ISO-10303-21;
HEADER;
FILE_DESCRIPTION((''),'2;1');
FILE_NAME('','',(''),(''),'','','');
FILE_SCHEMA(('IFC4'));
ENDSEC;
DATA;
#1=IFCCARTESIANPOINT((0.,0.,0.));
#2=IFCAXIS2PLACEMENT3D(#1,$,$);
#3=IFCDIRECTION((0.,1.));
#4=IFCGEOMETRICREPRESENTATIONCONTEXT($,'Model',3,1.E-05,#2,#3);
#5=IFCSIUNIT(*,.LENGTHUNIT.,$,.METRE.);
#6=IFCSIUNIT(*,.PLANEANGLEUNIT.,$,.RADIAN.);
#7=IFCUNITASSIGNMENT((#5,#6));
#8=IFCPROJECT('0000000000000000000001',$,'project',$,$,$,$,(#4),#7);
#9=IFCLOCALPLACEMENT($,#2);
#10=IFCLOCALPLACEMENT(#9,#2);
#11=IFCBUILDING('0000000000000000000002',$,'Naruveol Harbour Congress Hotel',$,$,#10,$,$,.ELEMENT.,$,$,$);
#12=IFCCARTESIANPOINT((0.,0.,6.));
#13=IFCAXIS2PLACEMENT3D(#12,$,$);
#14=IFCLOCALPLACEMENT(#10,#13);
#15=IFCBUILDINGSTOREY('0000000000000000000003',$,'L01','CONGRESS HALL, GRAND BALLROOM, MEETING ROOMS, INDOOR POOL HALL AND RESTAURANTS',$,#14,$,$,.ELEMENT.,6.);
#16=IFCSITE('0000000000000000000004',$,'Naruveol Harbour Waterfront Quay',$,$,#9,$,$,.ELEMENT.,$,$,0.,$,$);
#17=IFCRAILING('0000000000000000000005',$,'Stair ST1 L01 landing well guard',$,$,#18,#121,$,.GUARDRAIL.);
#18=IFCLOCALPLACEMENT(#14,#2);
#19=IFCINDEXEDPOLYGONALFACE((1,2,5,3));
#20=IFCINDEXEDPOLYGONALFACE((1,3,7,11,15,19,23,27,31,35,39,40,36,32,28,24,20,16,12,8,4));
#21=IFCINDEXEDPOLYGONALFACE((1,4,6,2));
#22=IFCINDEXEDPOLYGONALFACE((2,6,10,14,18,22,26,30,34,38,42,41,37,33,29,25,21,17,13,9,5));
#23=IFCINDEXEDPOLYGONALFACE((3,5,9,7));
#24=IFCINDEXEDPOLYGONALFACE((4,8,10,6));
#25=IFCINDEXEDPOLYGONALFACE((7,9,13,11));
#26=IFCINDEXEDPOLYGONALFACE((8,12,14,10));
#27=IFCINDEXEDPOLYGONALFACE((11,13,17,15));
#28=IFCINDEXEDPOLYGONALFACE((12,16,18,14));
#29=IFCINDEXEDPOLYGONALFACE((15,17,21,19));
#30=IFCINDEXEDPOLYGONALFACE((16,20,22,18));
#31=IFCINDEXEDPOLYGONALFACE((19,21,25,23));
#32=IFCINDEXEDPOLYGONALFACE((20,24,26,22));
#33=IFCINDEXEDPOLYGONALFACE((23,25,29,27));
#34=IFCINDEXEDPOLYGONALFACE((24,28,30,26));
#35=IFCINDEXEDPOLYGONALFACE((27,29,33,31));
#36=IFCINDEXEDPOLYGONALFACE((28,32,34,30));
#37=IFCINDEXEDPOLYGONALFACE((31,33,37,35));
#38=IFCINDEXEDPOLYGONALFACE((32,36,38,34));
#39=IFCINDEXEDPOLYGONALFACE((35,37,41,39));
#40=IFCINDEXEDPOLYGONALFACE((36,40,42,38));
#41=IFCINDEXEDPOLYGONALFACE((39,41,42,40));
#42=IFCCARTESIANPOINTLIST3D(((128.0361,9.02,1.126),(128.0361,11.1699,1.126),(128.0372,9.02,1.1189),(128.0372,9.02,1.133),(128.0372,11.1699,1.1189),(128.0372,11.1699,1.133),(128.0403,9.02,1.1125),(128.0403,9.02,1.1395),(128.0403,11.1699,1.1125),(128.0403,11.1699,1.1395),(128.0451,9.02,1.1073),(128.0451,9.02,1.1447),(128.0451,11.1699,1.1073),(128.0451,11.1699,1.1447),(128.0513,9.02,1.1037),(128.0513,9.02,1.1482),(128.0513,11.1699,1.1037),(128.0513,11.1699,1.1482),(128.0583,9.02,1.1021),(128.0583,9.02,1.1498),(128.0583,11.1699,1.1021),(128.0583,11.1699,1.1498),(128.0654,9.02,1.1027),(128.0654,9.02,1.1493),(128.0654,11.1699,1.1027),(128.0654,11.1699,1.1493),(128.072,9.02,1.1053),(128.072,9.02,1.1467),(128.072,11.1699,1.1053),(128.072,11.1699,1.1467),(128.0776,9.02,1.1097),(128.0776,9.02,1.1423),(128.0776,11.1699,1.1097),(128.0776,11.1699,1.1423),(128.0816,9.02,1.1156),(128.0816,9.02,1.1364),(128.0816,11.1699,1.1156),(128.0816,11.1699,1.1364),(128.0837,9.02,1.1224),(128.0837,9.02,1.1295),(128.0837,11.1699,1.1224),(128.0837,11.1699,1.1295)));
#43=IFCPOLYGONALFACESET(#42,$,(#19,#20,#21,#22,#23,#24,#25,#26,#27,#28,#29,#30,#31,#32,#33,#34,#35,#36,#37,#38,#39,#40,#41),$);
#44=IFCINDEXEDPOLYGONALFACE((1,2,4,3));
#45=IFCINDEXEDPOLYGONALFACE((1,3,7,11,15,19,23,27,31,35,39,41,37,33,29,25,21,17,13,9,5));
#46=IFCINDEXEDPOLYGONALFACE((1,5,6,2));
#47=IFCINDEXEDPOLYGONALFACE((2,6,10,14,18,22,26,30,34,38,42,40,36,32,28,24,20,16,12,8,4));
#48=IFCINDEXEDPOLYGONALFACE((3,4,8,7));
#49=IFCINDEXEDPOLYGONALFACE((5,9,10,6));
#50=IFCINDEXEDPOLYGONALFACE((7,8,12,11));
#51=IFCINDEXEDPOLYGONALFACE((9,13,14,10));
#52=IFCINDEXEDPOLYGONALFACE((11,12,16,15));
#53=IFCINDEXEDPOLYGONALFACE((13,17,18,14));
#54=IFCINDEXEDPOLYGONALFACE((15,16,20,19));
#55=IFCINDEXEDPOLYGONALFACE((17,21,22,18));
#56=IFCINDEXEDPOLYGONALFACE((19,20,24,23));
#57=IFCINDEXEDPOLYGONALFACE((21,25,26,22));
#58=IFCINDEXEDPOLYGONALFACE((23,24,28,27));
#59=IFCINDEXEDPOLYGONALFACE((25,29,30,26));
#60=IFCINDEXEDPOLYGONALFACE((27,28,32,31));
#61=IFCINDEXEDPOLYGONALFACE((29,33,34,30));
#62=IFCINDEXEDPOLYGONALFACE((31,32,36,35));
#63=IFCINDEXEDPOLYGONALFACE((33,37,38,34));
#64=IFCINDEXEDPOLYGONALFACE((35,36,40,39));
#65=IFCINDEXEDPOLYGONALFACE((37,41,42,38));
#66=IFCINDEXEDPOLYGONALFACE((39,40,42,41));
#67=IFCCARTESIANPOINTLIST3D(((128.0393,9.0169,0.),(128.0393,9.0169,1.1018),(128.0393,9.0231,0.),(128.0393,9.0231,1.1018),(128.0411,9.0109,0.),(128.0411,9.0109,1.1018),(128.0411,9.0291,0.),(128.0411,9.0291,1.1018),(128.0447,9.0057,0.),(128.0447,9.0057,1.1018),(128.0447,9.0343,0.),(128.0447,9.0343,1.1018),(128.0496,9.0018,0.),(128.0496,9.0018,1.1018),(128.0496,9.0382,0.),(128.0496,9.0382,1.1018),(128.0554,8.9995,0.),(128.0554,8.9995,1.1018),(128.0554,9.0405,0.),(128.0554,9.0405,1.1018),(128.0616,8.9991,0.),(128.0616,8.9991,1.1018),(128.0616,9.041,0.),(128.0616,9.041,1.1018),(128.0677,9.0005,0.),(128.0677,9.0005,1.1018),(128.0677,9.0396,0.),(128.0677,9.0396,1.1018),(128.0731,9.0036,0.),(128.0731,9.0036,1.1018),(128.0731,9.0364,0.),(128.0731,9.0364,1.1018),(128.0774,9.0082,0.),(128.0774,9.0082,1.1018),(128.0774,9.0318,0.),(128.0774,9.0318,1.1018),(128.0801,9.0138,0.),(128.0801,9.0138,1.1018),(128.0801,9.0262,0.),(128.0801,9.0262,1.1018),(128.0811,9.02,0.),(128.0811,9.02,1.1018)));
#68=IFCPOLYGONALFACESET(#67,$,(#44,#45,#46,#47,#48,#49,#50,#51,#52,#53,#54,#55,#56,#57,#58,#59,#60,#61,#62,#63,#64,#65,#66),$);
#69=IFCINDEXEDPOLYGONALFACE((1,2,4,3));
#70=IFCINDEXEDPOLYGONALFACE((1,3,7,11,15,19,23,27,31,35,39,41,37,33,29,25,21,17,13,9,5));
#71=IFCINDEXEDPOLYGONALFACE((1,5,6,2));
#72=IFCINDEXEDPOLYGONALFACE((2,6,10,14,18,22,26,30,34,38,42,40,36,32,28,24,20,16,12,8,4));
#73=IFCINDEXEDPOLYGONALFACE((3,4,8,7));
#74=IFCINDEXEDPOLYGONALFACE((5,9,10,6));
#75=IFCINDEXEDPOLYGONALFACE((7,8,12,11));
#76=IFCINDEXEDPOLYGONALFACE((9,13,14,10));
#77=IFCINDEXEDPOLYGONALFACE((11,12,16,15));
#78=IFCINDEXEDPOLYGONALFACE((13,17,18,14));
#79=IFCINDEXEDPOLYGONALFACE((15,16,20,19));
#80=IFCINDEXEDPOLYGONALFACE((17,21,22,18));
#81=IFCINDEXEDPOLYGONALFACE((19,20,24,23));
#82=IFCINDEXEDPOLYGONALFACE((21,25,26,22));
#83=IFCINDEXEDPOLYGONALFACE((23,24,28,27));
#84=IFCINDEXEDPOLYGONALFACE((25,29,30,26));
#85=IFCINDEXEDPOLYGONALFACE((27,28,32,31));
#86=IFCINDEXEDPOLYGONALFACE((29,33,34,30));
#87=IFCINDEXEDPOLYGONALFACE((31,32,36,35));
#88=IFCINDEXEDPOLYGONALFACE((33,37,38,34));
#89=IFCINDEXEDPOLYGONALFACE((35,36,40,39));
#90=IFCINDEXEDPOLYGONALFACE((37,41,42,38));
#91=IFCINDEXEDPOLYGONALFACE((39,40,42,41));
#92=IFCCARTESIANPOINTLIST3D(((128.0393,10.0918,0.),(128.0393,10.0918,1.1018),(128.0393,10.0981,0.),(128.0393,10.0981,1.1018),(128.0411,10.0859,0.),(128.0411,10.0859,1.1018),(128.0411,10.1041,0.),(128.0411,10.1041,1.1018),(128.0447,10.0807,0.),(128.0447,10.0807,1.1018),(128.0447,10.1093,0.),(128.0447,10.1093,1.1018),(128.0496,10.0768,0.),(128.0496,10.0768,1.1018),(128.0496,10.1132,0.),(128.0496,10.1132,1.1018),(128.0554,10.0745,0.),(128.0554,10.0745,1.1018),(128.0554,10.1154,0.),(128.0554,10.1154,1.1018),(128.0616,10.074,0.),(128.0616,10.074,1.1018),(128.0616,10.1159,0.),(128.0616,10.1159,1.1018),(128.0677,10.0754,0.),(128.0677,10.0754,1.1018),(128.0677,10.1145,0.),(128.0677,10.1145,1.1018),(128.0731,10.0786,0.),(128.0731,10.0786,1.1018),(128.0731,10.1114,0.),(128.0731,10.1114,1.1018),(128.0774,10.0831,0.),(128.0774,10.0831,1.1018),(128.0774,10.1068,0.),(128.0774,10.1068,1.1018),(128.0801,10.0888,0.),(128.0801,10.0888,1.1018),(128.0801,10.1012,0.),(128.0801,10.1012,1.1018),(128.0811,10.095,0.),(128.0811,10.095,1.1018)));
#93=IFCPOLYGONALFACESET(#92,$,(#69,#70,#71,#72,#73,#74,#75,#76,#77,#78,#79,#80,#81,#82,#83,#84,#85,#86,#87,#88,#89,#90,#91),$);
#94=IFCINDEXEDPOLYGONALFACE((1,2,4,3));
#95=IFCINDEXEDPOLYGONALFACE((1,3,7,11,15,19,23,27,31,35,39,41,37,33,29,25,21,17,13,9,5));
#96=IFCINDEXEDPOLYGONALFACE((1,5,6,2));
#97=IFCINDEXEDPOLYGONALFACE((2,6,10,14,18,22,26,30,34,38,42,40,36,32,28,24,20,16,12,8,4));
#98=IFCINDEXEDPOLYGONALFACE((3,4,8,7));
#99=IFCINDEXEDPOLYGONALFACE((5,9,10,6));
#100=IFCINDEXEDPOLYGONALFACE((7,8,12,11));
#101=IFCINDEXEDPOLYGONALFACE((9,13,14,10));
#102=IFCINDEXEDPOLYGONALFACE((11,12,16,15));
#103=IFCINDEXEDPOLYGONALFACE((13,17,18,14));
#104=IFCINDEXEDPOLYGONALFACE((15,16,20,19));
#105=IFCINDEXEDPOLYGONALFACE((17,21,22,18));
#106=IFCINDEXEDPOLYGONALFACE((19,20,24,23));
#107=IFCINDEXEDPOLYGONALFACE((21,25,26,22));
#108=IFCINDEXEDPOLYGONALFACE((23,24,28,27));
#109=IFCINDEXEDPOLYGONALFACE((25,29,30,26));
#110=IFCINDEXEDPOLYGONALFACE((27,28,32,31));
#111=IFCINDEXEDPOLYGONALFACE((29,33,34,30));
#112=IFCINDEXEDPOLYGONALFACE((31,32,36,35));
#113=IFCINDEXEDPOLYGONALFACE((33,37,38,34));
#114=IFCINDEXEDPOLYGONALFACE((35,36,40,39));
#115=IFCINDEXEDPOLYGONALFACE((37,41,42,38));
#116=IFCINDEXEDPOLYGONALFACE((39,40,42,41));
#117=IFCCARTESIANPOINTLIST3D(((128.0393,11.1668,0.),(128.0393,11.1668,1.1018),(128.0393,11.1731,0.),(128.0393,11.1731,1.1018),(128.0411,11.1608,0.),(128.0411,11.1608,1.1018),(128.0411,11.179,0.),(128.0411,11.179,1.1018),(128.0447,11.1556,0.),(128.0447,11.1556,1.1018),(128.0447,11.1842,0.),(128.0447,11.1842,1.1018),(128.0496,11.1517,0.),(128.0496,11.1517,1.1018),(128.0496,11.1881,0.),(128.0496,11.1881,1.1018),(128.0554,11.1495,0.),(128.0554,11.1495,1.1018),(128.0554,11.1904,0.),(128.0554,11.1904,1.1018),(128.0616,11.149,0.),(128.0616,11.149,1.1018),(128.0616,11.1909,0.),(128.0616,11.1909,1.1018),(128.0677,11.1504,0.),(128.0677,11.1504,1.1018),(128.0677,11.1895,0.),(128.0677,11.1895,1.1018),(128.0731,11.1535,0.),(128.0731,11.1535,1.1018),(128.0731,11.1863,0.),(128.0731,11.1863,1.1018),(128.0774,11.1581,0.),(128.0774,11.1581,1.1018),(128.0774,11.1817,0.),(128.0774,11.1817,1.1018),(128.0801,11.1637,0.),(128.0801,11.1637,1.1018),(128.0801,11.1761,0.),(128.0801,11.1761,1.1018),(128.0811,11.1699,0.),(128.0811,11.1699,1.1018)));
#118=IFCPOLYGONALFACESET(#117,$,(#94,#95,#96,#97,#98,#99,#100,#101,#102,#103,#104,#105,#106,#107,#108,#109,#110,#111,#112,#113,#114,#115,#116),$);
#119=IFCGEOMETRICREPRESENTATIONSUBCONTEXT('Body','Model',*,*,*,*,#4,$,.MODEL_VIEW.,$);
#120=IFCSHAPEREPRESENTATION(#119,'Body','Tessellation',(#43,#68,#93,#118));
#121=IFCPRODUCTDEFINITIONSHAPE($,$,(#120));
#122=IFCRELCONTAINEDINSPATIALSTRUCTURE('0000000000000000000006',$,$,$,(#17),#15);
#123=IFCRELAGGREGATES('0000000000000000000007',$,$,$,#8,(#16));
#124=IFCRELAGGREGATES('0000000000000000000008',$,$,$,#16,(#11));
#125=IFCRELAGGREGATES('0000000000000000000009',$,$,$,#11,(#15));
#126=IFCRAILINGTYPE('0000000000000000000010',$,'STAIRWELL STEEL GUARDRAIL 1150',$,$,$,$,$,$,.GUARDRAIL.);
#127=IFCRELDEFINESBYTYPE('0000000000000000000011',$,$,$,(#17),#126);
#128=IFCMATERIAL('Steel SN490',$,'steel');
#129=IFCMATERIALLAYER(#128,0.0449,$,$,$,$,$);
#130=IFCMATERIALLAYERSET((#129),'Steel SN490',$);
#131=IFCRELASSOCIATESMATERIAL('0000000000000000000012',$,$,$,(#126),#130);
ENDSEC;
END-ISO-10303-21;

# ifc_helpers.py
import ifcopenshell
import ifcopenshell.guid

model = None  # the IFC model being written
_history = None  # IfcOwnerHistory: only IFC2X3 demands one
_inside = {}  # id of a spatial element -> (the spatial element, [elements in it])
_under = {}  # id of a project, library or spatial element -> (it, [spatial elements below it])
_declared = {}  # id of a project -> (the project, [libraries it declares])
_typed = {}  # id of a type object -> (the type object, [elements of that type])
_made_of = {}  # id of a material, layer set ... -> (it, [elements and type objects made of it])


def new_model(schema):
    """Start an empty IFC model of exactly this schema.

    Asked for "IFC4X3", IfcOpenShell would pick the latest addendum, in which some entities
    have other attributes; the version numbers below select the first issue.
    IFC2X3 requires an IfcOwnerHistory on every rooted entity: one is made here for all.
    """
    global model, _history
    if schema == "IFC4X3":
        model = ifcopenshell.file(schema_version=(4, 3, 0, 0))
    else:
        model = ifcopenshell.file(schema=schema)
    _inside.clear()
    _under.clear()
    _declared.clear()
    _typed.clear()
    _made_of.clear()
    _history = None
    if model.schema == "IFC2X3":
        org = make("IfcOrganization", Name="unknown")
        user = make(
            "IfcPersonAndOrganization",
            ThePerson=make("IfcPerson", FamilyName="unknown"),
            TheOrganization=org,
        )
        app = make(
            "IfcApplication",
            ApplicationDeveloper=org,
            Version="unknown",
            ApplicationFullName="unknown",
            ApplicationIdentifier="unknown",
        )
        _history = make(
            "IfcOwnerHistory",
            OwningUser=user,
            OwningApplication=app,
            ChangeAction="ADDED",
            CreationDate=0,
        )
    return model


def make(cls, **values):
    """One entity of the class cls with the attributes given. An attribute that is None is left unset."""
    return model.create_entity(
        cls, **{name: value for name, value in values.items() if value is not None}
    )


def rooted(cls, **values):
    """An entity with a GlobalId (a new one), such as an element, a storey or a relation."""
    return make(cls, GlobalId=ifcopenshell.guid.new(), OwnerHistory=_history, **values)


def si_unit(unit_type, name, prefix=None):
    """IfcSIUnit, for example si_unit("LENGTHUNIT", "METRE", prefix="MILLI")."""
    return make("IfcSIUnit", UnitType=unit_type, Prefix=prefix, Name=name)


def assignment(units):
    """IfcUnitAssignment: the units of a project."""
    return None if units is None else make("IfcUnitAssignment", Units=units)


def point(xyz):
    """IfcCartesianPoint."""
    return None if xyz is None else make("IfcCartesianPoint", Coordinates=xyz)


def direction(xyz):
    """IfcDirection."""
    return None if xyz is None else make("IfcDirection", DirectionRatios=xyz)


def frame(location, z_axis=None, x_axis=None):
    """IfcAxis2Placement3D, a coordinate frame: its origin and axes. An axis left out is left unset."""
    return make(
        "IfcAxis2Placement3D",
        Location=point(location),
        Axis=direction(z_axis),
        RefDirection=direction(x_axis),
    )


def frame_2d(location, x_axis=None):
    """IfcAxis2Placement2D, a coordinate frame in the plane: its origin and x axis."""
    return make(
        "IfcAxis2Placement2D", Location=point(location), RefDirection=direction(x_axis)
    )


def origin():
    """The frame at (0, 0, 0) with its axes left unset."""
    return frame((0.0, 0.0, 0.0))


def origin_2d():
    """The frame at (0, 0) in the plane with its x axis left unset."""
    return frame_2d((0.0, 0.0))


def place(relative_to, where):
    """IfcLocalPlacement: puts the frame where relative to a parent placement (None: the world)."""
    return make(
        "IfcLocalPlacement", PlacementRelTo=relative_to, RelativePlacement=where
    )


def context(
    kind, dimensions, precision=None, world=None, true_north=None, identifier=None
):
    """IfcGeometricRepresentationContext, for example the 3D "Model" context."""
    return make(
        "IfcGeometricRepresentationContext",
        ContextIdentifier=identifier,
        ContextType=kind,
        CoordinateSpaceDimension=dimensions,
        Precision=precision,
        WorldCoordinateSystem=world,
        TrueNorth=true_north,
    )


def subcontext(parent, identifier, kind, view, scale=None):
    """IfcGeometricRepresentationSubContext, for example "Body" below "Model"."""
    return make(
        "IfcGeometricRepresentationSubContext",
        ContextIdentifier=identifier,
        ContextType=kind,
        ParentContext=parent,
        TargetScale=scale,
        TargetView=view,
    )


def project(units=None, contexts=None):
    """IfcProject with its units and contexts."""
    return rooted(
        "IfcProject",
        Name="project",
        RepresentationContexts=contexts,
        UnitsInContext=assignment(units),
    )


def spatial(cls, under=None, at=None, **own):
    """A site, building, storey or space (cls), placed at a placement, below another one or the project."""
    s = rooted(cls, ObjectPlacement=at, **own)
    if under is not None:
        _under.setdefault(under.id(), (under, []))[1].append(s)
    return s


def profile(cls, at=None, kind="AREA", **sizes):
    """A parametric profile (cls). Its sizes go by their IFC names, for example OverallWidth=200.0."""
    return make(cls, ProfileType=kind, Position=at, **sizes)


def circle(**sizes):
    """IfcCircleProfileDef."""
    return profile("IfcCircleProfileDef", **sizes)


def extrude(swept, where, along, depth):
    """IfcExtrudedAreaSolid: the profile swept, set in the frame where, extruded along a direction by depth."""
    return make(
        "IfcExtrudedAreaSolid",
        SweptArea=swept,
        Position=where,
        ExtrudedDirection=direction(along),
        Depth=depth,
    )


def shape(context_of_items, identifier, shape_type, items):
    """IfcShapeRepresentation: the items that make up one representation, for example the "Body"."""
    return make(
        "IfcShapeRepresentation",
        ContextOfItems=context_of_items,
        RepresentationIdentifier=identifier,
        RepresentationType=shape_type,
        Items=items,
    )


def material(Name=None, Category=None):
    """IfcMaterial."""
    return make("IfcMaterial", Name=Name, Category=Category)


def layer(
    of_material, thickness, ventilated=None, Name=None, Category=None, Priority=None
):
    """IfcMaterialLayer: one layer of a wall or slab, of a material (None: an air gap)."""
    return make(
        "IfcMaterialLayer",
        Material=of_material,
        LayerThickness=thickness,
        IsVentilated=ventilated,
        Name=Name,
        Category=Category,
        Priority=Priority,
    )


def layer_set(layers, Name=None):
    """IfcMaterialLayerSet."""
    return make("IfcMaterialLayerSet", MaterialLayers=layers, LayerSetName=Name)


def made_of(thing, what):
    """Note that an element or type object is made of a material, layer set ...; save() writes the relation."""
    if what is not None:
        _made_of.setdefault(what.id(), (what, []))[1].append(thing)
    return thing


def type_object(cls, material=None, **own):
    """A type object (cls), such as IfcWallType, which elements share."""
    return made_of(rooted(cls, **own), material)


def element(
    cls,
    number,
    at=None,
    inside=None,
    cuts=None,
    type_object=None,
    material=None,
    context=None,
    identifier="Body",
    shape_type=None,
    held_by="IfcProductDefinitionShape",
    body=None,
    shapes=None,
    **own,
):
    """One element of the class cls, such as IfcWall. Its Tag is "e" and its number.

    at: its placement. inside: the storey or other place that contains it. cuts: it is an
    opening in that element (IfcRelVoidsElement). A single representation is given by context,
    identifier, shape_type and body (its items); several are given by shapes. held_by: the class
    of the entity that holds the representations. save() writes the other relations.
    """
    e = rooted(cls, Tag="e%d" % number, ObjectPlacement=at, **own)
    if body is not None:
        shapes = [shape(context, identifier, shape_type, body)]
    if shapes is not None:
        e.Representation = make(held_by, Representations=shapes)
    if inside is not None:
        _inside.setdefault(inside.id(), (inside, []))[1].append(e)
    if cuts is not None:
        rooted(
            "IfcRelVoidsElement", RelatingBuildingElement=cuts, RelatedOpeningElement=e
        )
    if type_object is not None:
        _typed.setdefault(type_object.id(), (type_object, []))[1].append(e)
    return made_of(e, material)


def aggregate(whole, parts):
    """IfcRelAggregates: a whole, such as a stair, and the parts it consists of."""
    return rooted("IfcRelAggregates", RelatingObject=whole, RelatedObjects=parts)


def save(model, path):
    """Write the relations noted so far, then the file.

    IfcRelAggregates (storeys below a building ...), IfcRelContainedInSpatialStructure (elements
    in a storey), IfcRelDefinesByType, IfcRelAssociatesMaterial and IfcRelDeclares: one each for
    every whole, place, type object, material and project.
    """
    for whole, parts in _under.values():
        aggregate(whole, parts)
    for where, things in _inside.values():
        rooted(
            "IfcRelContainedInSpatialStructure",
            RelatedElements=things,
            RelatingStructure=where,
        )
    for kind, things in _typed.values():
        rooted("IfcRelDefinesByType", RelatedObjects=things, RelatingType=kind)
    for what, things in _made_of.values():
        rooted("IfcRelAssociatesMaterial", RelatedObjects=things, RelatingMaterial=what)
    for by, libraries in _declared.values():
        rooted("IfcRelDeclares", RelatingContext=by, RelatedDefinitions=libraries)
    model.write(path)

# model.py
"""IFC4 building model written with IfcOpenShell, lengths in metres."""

from ifc_helpers import new_model, si_unit, direction, frame, origin, origin_2d, place, context, subcontext, project, spatial, circle, extrude, material, layer, layer_set, type_object, element, save


model = new_model("IFC4")

# Units and contexts
model_context = context("Model", 3, precision=1e-05, world=origin(), true_north=direction((0.0, 1.0)))
body_context = subcontext(model_context, "Body", "Model", "MODEL_VIEW")
ifc_project = project(units=[si_unit("LENGTHUNIT", "METRE"), si_unit("PLANEANGLEUNIT", "RADIAN")], contexts=[model_context])

# Site, building, storey
site_placement = place(None, origin())
site = spatial("IfcSite", under=ifc_project, at=site_placement, Name="Naruveol Harbour Waterfront Quay", CompositionType="ELEMENT", RefElevation=0.0)
building_placement = place(site_placement, origin())
building = spatial("IfcBuilding", under=site, at=building_placement, Name="Naruveol Harbour Congress Hotel", CompositionType="ELEMENT")
storey_placement = place(building_placement, frame((0.0, 0.0, 6.0)))
storey = spatial("IfcBuildingStorey", under=building, at=storey_placement, Name="L01", Description="CONGRESS HALL, GRAND BALLROOM, MEETING ROOMS, INDOOR POOL HALL AND RESTAURANTS", CompositionType="ELEMENT", Elevation=6.0)

# Railing
ifc_material_1 = material(Name="Steel SN490", Category="steel")
ifc_layer_1 = layer(ifc_material_1, 0.0449)
ifc_layer_set_1 = layer_set([ifc_layer_1], Name="Steel SN490")
railing_type_1 = type_object("IfcRailingType", Name="STAIRWELL STEEL GUARDRAIL 1150", PredefinedType="GUARDRAIL", material=ifc_layer_set_1)
railing_1_placement = place(storey_placement, frame((128.0601, 9.02, 0.0)))
element("IfcRailing", 1, at=railing_1_placement, inside=storey, type_object=railing_type_1, Name="Stair ST1 L01 landing well guard", PredefinedType="GUARDRAIL", context=body_context, shape_type="SweptSolid", body=[
    extrude(circle(Radius=0.0239, at=origin_2d()), frame((0.0, 0.0, 1.126), z_axis=(0.0, 1.0, 0.0), x_axis=(-1.0, 0.0, 0.0)), (0.0, 0.0, 1.0), 2.1499),
    extrude(circle(Radius=0.021, at=origin_2d()), origin(), (0.0, 0.0, 1.0), 1.1018),
    extrude(circle(Radius=0.021, at=origin_2d()), frame((0.0, 1.075, 0.0)), (0.0, 0.0, 1.0), 1.1018),
    extrude(circle(Radius=0.021, at=origin_2d()), frame((0.0, 2.1499, 0.0)), (0.0, 0.0, 1.0), 1.1018),
])

save(model, "model.ifc")
